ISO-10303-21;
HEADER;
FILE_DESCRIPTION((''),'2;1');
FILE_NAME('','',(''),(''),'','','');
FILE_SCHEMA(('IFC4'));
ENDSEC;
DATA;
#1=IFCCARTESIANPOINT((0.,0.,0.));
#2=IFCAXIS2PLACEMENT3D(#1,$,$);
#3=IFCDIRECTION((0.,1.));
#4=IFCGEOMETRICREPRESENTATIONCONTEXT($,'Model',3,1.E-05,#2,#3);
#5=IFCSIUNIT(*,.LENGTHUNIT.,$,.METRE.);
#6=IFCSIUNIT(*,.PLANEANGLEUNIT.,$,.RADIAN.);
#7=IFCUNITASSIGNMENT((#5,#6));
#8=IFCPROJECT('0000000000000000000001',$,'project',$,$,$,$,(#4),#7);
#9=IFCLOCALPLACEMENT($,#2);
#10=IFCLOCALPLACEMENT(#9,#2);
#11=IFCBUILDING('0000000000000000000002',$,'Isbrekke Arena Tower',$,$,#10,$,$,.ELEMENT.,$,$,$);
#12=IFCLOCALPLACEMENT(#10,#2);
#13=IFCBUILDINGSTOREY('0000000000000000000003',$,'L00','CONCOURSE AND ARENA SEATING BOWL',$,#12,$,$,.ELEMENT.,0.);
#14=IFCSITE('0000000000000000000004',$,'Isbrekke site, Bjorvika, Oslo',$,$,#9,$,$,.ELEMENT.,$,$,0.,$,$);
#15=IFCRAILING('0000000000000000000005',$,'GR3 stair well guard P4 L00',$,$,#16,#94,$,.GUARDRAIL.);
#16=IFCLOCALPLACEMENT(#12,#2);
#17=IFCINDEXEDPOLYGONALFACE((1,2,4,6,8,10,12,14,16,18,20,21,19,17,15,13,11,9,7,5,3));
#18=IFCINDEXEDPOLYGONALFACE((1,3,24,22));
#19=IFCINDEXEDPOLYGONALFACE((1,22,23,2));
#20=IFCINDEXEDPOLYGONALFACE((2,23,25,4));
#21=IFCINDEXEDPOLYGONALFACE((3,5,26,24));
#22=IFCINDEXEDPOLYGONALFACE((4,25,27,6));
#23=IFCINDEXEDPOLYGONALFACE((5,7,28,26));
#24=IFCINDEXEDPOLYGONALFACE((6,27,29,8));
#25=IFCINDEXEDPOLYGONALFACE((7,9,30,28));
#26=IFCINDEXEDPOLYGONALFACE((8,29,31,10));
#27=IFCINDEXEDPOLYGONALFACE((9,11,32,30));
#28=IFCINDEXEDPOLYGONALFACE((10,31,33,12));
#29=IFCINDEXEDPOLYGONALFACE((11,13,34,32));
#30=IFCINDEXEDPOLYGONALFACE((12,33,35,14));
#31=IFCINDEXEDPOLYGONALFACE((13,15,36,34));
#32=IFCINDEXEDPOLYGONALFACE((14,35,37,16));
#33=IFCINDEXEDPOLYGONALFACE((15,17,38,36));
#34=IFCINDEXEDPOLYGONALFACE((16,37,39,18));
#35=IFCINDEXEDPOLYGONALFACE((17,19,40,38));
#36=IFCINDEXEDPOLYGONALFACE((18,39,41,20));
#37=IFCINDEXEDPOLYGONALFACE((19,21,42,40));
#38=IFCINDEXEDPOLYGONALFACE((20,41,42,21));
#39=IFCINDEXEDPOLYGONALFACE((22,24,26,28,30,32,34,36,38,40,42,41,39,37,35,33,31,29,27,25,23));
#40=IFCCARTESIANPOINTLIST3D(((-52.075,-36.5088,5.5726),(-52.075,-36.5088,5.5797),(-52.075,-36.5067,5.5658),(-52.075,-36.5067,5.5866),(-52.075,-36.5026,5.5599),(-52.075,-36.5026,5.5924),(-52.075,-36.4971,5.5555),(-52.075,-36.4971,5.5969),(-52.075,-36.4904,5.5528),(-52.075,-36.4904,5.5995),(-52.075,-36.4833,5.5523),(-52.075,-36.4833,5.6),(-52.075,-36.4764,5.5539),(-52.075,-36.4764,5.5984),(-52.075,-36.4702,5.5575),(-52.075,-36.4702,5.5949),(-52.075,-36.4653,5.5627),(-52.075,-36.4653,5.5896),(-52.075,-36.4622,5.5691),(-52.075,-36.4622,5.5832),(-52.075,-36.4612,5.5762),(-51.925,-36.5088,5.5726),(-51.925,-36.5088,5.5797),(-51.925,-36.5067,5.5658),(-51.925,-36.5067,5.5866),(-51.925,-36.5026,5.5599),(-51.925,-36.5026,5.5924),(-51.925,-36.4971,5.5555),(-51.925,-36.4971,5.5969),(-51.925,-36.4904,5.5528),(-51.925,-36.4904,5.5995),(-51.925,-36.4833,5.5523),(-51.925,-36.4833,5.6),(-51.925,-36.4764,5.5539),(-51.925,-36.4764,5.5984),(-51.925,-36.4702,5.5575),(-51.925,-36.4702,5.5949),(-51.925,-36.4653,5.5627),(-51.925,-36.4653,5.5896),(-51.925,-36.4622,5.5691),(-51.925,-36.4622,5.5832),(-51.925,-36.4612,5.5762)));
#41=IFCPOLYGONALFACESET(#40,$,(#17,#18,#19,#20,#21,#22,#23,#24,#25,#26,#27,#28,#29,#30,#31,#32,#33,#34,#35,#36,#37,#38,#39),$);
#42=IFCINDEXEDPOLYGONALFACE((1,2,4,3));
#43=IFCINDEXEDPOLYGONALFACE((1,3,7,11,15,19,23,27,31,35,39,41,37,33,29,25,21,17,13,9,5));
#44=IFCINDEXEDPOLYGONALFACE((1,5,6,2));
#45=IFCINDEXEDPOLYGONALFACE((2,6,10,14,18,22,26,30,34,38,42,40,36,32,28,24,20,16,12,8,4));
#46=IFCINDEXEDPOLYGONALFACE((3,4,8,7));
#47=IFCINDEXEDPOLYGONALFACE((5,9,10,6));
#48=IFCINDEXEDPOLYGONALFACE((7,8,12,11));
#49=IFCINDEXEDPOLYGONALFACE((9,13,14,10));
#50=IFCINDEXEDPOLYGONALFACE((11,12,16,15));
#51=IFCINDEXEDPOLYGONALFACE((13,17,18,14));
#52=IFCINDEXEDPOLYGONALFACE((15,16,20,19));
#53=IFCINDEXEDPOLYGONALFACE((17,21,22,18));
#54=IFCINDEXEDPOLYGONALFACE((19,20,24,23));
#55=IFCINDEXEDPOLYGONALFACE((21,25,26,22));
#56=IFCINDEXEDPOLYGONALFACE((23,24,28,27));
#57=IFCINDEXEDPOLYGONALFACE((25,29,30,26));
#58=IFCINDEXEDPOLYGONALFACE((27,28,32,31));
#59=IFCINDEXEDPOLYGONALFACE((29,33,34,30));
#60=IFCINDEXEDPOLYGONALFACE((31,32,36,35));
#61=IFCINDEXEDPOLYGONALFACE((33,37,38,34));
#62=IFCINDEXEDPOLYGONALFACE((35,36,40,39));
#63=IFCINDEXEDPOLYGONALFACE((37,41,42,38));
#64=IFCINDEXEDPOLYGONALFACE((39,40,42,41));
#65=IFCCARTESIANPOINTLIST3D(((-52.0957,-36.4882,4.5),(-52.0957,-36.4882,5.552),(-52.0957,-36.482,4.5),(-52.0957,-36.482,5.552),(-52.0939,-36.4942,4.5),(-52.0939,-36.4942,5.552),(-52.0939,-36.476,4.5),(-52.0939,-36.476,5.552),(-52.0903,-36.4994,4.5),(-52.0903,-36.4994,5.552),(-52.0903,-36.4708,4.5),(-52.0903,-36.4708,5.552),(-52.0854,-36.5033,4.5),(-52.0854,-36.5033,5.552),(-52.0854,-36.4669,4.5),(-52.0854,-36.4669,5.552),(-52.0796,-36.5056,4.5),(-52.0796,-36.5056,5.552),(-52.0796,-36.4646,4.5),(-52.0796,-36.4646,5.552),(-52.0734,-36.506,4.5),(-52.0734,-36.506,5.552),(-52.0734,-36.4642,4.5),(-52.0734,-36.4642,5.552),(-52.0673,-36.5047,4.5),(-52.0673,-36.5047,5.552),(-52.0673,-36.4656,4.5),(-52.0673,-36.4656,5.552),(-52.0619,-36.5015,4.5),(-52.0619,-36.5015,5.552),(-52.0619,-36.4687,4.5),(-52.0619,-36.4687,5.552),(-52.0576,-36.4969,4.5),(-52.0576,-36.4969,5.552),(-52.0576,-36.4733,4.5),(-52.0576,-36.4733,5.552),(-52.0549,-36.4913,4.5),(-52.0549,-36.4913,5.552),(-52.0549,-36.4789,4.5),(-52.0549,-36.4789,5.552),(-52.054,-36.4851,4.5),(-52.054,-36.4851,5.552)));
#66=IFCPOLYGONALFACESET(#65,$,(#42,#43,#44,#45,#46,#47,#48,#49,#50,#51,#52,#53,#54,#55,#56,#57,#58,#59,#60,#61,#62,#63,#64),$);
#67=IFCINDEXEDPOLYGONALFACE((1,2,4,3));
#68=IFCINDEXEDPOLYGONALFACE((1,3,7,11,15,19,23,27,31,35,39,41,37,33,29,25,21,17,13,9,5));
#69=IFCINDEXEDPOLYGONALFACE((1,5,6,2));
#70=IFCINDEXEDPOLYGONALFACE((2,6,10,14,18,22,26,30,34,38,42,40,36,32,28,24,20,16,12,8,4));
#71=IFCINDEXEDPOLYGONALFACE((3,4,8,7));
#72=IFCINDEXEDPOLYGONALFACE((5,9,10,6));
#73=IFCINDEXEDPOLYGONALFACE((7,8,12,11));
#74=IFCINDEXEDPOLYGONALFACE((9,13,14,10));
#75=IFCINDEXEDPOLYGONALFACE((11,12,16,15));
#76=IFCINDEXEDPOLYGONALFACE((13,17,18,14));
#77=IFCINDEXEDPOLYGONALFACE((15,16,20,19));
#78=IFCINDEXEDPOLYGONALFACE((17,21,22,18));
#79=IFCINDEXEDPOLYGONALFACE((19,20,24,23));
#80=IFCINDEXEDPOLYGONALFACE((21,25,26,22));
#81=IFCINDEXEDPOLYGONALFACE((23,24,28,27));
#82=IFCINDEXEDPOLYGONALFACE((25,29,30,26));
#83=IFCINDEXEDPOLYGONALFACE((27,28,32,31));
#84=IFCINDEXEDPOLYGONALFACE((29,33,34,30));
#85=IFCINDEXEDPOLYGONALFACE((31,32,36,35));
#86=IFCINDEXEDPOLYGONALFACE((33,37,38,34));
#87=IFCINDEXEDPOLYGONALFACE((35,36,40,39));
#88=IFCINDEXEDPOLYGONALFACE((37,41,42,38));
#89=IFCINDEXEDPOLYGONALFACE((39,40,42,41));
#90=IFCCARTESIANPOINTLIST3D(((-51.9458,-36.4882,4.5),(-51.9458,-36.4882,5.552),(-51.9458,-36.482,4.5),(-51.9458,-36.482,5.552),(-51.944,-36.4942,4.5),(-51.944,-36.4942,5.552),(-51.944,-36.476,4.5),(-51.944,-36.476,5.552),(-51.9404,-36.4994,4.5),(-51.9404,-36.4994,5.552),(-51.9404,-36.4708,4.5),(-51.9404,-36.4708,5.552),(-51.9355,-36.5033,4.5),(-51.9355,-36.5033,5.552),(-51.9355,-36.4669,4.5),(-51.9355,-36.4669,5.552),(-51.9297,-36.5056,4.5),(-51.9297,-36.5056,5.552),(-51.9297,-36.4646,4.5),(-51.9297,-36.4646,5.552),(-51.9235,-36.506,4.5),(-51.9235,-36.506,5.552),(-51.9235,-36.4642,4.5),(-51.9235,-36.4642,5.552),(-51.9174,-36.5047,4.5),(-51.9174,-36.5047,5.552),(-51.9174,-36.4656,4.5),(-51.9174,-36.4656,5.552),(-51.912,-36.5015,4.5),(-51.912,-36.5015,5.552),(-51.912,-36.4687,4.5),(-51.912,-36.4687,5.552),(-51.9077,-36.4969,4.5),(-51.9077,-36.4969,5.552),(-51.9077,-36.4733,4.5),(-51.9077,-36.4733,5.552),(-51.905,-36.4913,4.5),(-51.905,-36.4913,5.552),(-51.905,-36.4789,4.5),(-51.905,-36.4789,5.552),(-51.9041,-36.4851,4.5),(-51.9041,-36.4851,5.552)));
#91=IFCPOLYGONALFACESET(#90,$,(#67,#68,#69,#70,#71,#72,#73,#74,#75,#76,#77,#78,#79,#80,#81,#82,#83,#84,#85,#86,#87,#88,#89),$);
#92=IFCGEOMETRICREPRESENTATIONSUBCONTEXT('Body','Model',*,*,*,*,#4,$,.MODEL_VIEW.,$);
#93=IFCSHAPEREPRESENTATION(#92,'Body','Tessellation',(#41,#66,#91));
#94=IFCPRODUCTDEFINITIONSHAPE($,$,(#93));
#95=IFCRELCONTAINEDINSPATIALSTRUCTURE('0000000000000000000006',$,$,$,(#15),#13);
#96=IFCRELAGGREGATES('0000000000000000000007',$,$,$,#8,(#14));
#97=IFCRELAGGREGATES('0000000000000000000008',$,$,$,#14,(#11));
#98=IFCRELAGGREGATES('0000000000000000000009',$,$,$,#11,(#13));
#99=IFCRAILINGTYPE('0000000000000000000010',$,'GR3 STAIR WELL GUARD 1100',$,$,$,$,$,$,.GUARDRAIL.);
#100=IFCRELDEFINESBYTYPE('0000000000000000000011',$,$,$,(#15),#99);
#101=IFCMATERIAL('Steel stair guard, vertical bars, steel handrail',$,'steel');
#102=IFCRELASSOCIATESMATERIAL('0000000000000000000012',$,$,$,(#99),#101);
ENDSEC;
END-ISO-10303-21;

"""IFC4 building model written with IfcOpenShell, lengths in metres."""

from ifc_helpers import new_model, si_unit, direction, frame, origin, origin_2d, place, context, subcontext, project, spatial, circle, extrude, material, type_object, element, save


model = new_model("IFC4")

# Units and contexts
model_context = context("Model", 3, precision=1e-05, world=origin(), true_north=direction((0.0, 1.0)))
body_context = subcontext(model_context, "Body", "Model", "MODEL_VIEW")
ifc_project = project(units=[si_unit("LENGTHUNIT", "METRE"), si_unit("PLANEANGLEUNIT", "RADIAN")], contexts=[model_context])

# Site, building, storey
site_placement = place(None, origin())
site = spatial("IfcSite", under=ifc_project, at=site_placement, Name="Isbrekke site, Bjorvika, Oslo", CompositionType="ELEMENT", RefElevation=0.0)
building_placement = place(site_placement, origin())
building = spatial("IfcBuilding", under=site, at=building_placement, Name="Isbrekke Arena Tower", CompositionType="ELEMENT")
storey_placement = place(building_placement, origin())
storey = spatial("IfcBuildingStorey", under=building, at=storey_placement, Name="L00", Description="CONCOURSE AND ARENA SEATING BOWL", CompositionType="ELEMENT", Elevation=0.0)

# Railing
ifc_material_1 = material(Name="Steel stair guard, vertical bars, steel handrail", Category="steel")
railing_type = type_object("IfcRailingType", Name="GR3 STAIR WELL GUARD 1100", PredefinedType="GUARDRAIL", material=ifc_material_1)
for number, where, name in (
    (1, (-52.075, -36.4851, 4.5), "GR3 stair well guard P4 L00"),
):
    element("IfcRailing", number, at=place(storey_placement, frame(where)), inside=storey, type_object=railing_type, Name=name, PredefinedType="GUARDRAIL", context=body_context, shape_type="SweptSolid", body=[
        extrude(circle(Radius=0.0239, at=origin_2d()), frame((0.0, 0.0, 1.0762), z_axis=(1.0, 0.0, 0.0), x_axis=(0.0, 1.0, 0.0)), (0.0, 0.0, 1.0), 0.1499),
        extrude(circle(Radius=0.021, at=origin_2d()), origin(), (0.0, 0.0, 1.0), 1.052),
        extrude(circle(Radius=0.021, at=origin_2d()), frame((0.1499, 0.0, 0.0)), (0.0, 0.0, 1.0), 1.052),
    ])

save(model, "model.ifc")
